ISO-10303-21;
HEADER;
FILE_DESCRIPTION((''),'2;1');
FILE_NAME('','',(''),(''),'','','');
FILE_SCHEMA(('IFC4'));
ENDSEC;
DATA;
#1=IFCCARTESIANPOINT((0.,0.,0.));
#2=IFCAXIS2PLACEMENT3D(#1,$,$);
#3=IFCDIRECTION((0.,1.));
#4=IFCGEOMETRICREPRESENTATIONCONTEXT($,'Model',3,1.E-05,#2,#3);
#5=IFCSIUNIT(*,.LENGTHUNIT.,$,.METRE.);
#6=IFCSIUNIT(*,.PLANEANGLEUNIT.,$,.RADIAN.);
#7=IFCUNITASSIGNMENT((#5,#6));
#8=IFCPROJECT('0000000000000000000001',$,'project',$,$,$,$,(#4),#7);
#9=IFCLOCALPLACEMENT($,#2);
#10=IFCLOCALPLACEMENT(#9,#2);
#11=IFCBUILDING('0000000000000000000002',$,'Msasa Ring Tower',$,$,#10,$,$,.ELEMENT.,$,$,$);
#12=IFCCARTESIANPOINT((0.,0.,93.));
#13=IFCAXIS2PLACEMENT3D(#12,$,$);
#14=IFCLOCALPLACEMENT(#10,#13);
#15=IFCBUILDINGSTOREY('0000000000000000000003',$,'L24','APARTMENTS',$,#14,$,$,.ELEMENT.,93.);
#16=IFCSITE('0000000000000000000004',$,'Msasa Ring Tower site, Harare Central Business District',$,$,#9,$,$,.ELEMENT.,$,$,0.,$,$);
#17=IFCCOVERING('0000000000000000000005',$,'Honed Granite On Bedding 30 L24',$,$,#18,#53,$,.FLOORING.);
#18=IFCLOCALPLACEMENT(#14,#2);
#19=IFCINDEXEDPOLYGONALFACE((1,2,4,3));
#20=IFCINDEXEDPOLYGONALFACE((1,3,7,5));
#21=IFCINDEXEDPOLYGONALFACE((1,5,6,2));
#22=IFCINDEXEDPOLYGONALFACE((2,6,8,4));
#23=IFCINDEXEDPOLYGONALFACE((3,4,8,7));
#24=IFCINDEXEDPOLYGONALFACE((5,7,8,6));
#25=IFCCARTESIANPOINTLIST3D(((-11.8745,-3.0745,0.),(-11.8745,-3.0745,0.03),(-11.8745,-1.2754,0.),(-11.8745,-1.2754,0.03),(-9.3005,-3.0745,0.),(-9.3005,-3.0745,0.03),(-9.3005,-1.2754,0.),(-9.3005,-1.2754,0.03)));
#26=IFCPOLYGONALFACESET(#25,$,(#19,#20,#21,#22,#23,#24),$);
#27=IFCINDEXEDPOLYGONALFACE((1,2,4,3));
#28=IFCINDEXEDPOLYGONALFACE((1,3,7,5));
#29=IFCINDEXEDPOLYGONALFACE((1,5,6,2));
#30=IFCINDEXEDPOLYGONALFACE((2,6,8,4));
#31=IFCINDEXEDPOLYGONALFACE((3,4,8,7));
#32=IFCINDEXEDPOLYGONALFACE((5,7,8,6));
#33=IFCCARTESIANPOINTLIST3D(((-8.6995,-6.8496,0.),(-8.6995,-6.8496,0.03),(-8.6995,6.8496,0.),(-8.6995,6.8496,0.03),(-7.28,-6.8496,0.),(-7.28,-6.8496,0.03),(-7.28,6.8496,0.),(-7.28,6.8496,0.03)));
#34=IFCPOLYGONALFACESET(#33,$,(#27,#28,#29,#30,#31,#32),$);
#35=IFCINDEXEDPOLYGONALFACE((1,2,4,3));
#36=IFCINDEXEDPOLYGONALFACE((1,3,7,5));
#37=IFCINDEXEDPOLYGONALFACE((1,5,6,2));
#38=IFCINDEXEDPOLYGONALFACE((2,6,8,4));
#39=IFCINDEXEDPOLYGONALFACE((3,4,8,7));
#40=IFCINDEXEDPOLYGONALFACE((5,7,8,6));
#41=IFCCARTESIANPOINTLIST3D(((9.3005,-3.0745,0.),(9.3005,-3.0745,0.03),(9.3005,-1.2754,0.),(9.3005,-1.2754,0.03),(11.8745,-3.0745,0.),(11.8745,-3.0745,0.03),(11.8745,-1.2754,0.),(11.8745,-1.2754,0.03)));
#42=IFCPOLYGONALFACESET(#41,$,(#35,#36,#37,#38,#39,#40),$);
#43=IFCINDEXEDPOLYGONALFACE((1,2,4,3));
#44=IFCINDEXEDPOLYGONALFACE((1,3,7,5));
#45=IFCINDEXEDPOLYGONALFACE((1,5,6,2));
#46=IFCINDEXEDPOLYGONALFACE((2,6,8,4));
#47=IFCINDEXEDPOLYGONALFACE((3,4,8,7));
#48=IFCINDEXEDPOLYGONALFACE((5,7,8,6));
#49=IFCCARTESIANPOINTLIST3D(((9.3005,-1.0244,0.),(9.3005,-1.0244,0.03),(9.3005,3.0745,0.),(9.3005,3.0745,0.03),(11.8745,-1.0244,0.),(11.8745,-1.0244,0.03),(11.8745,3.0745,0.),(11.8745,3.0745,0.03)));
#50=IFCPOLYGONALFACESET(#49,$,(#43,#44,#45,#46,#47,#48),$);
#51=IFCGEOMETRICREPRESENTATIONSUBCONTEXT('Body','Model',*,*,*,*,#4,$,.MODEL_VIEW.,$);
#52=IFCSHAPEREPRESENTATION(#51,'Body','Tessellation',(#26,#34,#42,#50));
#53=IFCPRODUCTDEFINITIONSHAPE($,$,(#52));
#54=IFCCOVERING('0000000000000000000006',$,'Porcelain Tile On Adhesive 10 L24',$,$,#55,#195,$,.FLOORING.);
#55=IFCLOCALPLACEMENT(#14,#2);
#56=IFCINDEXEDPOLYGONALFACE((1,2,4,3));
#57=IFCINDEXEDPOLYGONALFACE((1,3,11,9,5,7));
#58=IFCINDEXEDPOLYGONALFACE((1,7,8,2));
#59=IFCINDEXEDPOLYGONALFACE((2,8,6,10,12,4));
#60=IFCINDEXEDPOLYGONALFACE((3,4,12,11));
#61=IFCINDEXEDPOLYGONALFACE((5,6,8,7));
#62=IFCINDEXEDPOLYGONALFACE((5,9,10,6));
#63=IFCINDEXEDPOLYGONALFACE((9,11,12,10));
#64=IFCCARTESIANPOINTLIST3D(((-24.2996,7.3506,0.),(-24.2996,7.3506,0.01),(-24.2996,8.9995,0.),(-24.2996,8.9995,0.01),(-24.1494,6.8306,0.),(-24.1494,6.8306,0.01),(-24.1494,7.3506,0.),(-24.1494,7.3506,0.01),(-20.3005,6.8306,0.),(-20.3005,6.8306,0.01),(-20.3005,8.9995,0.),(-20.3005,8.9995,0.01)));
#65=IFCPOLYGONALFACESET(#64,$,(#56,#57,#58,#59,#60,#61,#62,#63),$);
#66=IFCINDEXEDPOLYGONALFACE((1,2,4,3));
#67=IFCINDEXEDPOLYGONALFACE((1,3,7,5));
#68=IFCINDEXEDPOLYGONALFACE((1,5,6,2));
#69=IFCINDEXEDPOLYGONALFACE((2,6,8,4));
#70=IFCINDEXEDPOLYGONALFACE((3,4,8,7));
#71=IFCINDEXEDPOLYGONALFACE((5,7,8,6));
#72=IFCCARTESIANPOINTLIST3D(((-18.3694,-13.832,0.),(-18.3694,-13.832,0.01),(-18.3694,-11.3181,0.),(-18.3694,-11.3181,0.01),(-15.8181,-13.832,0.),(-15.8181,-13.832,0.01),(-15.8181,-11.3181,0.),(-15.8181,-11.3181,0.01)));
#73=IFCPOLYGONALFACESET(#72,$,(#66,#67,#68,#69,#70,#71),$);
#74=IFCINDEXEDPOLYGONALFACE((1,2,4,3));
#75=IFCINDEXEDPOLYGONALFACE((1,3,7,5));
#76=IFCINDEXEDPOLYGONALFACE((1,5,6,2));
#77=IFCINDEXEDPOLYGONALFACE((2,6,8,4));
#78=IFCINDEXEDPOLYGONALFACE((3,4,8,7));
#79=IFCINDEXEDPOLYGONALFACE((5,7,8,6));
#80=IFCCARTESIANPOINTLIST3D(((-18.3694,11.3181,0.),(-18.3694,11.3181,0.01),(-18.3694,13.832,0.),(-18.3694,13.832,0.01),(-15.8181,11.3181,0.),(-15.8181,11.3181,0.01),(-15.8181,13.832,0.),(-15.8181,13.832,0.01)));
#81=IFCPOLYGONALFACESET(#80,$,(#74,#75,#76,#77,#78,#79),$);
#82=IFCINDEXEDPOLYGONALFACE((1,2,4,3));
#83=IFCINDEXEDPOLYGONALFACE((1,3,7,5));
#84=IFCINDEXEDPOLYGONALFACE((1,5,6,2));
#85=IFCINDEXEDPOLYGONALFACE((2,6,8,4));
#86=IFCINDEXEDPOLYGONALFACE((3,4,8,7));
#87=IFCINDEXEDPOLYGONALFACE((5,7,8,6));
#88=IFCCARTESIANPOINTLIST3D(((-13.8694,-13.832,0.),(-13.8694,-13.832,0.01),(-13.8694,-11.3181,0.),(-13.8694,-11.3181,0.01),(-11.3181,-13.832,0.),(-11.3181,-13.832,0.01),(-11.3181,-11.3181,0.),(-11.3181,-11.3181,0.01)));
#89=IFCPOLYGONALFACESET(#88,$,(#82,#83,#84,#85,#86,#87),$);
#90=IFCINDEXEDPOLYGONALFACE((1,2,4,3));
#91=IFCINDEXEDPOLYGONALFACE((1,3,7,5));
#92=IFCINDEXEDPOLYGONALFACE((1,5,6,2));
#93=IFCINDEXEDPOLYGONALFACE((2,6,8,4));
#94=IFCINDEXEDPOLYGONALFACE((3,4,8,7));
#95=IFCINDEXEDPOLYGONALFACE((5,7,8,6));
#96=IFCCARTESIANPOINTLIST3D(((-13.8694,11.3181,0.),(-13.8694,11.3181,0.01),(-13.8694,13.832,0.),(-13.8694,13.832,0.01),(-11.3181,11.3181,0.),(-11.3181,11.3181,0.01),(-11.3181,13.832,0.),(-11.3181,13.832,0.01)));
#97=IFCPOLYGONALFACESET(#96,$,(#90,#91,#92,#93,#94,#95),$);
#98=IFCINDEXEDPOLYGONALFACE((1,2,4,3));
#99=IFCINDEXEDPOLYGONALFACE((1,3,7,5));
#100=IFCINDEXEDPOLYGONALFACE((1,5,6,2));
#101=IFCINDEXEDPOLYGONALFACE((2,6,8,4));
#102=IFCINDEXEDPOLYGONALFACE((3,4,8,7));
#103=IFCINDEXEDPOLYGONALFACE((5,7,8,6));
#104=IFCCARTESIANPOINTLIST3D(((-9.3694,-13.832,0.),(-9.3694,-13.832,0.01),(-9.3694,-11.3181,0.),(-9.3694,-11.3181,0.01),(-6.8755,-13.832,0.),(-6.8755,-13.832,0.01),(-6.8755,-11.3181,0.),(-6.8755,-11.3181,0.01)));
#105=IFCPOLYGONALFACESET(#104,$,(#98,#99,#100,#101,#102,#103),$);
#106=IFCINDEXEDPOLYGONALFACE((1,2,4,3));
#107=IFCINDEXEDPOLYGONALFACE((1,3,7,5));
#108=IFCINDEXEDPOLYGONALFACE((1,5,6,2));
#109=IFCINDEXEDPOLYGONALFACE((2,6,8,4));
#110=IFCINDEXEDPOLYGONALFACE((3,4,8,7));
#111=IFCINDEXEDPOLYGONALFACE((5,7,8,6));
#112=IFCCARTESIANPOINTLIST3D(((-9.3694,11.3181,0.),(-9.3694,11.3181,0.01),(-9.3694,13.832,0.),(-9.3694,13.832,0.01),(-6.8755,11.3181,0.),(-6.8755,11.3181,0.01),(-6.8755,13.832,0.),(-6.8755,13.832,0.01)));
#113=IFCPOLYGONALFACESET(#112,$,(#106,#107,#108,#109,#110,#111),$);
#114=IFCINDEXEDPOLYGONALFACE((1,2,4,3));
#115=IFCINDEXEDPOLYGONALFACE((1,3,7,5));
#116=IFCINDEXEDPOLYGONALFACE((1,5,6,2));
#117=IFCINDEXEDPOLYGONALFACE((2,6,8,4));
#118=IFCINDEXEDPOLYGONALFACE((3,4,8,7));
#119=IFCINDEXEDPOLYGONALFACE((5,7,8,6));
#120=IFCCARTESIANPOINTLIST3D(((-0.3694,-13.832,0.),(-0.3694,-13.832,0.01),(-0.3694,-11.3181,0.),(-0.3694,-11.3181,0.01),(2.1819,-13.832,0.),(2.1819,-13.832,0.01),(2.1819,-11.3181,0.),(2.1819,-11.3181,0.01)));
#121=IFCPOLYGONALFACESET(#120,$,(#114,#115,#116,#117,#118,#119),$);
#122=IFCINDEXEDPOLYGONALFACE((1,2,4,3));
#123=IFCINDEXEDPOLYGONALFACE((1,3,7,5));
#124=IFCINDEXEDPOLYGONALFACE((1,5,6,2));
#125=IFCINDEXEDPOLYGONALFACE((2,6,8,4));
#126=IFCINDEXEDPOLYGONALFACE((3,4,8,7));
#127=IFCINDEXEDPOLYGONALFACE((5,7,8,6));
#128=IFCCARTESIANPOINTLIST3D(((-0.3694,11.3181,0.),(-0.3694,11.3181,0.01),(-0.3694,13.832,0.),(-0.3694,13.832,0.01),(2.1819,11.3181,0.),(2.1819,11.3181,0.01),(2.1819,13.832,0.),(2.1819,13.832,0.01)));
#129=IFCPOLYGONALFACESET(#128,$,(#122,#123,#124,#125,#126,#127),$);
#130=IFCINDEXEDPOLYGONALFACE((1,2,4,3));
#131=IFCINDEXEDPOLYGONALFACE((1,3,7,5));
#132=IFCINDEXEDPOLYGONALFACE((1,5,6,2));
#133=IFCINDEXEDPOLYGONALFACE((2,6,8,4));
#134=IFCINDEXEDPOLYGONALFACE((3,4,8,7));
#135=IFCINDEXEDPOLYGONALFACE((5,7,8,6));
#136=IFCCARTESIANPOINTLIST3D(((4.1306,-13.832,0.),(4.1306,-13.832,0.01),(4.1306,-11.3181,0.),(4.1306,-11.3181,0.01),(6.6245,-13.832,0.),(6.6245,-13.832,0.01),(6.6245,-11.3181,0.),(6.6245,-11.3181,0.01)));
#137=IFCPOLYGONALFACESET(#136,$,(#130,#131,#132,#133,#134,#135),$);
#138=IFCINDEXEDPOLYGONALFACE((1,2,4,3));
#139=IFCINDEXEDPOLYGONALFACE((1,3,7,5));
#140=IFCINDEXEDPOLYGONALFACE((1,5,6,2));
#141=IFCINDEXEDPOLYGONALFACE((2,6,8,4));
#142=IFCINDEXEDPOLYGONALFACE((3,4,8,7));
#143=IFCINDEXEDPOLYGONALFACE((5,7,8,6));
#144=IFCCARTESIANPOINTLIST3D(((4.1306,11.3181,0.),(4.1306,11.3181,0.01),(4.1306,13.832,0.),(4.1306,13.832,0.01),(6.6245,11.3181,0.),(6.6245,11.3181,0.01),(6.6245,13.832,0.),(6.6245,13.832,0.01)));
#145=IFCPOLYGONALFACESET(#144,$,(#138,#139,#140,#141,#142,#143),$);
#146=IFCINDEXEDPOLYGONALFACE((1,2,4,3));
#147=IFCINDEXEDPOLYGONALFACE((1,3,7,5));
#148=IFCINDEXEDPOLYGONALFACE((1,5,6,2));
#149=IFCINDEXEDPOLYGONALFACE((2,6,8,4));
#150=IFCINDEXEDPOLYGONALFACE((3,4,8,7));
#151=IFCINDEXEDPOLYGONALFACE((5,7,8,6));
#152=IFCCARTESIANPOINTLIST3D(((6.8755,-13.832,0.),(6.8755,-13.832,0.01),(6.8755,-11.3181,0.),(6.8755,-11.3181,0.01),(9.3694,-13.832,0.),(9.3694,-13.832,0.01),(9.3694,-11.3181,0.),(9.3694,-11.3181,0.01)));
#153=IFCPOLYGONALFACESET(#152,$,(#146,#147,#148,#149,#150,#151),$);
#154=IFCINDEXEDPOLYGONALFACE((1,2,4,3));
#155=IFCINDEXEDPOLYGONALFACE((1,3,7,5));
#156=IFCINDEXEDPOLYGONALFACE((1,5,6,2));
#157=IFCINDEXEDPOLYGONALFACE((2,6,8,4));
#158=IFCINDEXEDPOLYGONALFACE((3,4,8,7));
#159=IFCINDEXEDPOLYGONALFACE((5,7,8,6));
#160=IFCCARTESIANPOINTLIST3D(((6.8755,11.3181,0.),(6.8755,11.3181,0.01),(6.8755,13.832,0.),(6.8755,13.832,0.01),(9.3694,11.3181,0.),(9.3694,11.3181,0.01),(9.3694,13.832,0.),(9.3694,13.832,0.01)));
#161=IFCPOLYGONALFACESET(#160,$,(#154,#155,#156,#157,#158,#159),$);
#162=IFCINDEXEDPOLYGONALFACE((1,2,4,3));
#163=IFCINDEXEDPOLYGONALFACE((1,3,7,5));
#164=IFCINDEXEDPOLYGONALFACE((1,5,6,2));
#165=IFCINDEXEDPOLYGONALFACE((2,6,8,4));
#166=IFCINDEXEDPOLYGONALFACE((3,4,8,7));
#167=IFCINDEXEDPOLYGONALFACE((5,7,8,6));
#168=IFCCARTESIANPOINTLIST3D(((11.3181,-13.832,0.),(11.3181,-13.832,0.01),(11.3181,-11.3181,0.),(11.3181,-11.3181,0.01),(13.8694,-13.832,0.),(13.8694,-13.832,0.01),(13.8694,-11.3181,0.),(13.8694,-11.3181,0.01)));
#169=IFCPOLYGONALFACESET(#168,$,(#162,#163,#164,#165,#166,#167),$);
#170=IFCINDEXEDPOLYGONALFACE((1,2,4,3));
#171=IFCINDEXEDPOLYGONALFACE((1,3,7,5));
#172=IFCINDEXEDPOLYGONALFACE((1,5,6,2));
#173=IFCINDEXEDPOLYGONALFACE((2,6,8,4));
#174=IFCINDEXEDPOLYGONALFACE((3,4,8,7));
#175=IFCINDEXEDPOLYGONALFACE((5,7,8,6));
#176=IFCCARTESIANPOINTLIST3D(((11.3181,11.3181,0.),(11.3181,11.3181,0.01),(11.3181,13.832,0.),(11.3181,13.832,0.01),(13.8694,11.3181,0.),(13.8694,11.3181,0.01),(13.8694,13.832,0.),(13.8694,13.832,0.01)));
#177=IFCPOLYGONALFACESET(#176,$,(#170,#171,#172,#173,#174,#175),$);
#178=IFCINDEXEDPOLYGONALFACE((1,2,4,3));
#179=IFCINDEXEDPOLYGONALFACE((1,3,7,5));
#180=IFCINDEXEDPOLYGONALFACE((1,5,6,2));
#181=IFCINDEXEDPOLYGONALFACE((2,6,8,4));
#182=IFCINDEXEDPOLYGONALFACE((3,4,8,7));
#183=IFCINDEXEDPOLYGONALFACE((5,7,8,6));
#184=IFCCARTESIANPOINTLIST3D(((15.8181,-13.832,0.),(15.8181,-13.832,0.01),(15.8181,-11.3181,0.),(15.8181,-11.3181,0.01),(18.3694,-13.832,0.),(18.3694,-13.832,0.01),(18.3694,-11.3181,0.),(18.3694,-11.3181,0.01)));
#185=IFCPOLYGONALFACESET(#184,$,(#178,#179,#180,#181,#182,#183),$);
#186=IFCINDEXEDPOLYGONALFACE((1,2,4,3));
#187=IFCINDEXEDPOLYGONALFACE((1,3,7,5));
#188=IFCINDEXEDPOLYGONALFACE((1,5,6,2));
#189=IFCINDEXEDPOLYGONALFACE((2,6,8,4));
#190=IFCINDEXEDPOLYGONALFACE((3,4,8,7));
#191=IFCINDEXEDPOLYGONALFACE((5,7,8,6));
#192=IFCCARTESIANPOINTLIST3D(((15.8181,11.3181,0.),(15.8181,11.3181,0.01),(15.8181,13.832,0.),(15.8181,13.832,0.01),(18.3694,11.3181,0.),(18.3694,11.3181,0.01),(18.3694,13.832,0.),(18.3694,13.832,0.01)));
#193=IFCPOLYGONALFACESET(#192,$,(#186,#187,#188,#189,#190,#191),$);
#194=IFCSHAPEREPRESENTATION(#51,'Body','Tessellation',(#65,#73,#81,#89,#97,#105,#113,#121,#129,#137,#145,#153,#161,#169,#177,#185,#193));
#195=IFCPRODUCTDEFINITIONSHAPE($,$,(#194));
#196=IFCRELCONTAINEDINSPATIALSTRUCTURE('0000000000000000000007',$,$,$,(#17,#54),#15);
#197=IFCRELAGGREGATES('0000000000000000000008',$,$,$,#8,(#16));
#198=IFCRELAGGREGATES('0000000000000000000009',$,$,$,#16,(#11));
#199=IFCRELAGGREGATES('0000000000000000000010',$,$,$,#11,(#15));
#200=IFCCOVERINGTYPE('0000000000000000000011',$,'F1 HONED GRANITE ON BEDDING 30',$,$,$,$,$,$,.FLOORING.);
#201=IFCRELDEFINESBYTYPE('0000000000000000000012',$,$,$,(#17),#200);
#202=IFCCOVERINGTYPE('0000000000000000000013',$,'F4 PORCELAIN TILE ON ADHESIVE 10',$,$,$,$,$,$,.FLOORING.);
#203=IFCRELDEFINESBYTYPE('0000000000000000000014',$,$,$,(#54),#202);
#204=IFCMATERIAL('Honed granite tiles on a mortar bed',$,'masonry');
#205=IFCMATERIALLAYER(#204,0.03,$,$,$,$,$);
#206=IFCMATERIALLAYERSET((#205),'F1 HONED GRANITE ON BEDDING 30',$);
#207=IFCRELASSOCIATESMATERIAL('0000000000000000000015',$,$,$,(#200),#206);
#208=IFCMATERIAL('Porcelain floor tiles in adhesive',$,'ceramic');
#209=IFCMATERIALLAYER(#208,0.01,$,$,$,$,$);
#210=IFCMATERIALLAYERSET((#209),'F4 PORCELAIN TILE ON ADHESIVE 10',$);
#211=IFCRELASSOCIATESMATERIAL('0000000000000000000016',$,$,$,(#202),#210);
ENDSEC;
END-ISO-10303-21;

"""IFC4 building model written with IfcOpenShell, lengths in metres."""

from ifc_helpers import new_model, si_unit, direction, frame, origin, place, context, subcontext, project, spatial, line, indexed_curve, outline, extrude, material, layer, layer_set, type_object, element, save


model = new_model("IFC4")

# Units and contexts
model_context = context("Model", 3, precision=1e-05, world=origin(), true_north=direction((0.0, 1.0)))
body_context = subcontext(model_context, "Body", "Model", "MODEL_VIEW")
ifc_project = project(units=[si_unit("LENGTHUNIT", "METRE"), si_unit("PLANEANGLEUNIT", "RADIAN")], contexts=[model_context])

# Site, building, storey
site_placement = place(None, origin())
site = spatial("IfcSite", under=ifc_project, at=site_placement, Name="Msasa Ring Tower site, Harare Central Business District", CompositionType="ELEMENT", RefElevation=0.0)
building_placement = place(site_placement, origin())
building = spatial("IfcBuilding", under=site, at=building_placement, Name="Msasa Ring Tower", CompositionType="ELEMENT")
storey_placement = place(building_placement, frame((0.0, 0.0, 93.0)))
storey = spatial("IfcBuildingStorey", under=building, at=storey_placement, Name="L24", Description="APARTMENTS", CompositionType="ELEMENT", Elevation=93.0)

# Coverings
ifc_material_1 = material(Name="Honed granite tiles on a mortar bed", Category="masonry")
ifc_layer_1 = layer(ifc_material_1, 0.03)
ifc_layer_set_1 = layer_set([ifc_layer_1], Name="F1 HONED GRANITE ON BEDDING 30")
covering_type_1 = type_object("IfcCoveringType", Name="F1 HONED GRANITE ON BEDDING 30", PredefinedType="FLOORING", material=ifc_layer_set_1)
covering_1_placement = place(storey_placement, origin())
element("IfcCovering", 1, at=covering_1_placement, inside=storey, type_object=covering_type_1, Name="Honed Granite On Bedding 30 L24", PredefinedType="FLOORING", context=body_context, shape_type="SweptSolid", body=[
    extrude(outline(indexed_curve([(-11.8745, -3.0745), (-11.8745, -1.2754), (-9.3005, -1.2754), (-9.3005, -3.0745)], segments=[line(1, 2, 3, 4, 1)], self_intersect=False)), origin(), (0.0, 0.0, 1.0), 0.03),
    extrude(outline(indexed_curve([(-8.6995, -6.8496), (-8.6995, 6.8496), (-7.28, 6.8496), (-7.28, -6.8496)], segments=[line(1, 2, 3, 4, 1)], self_intersect=False)), origin(), (0.0, 0.0, 1.0), 0.03),
    extrude(outline(indexed_curve([(9.3005, -3.0745), (9.3005, -1.2754), (11.8745, -1.2754), (11.8745, -3.0745)], segments=[line(1, 2, 3, 4, 1)], self_intersect=False)), origin(), (0.0, 0.0, 1.0), 0.03),
    extrude(outline(indexed_curve([(9.3005, -1.0244), (9.3005, 3.0745), (11.8745, 3.0745), (11.8745, -1.0244)], segments=[line(1, 2, 3, 4, 1)], self_intersect=False)), origin(), (0.0, 0.0, 1.0), 0.03),
])
ifc_material_2 = material(Name="Porcelain floor tiles in adhesive", Category="ceramic")
ifc_layer_2 = layer(ifc_material_2, 0.01)
ifc_layer_set_2 = layer_set([ifc_layer_2], Name="F4 PORCELAIN TILE ON ADHESIVE 10")
covering_type_2 = type_object("IfcCoveringType", Name="F4 PORCELAIN TILE ON ADHESIVE 10", PredefinedType="FLOORING", material=ifc_layer_set_2)
covering_2_placement = place(storey_placement, origin())
element("IfcCovering", 2, at=covering_2_placement, inside=storey, type_object=covering_type_2, Name="Porcelain Tile On Adhesive 10 L24", PredefinedType="FLOORING", context=body_context, shape_type="SweptSolid", body=[
    extrude(outline(indexed_curve([(-24.1494, 6.8306), (-24.1494, 7.3506), (-24.2996, 7.3506), (-24.2996, 8.9995), (-20.3005, 8.9995), (-20.3005, 6.8306)], segments=[line(1, 2, 3, 4, 5, 6, 1)], self_intersect=False)), origin(), (0.0, 0.0, 1.0), 0.01),
    extrude(outline(indexed_curve([(-15.8181, -11.3181), (-15.8181, -13.832), (-18.3694, -13.832), (-18.3694, -11.3181)], segments=[line(1, 2, 3, 4, 1)], self_intersect=False)), origin(), (0.0, 0.0, 1.0), 0.01),
    extrude(outline(indexed_curve([(-15.8181, 13.832), (-15.8181, 11.3181), (-18.3694, 11.3181), (-18.3694, 13.832)], segments=[line(1, 2, 3, 4, 1)], self_intersect=False)), origin(), (0.0, 0.0, 1.0), 0.01),
    extrude(outline(indexed_curve([(-11.3181, -11.3181), (-11.3181, -13.832), (-13.8694, -13.832), (-13.8694, -11.3181)], segments=[line(1, 2, 3, 4, 1)], self_intersect=False)), origin(), (0.0, 0.0, 1.0), 0.01),
    extrude(outline(indexed_curve([(-11.3181, 13.832), (-11.3181, 11.3181), (-13.8694, 11.3181), (-13.8694, 13.832)], segments=[line(1, 2, 3, 4, 1)], self_intersect=False)), origin(), (0.0, 0.0, 1.0), 0.01),
    extrude(outline(indexed_curve([(-6.8755, -11.3181), (-6.8755, -13.832), (-9.3694, -13.832), (-9.3694, -11.3181)], segments=[line(1, 2, 3, 4, 1)], self_intersect=False)), origin(), (0.0, 0.0, 1.0), 0.01),
    extrude(outline(indexed_curve([(-6.8755, 13.832), (-6.8755, 11.3181), (-9.3694, 11.3181), (-9.3694, 13.832)], segments=[line(1, 2, 3, 4, 1)], self_intersect=False)), origin(), (0.0, 0.0, 1.0), 0.01),
    extrude(outline(indexed_curve([(2.1819, -11.3181), (2.1819, -13.832), (-0.3694, -13.832), (-0.3694, -11.3181)], segments=[line(1, 2, 3, 4, 1)], self_intersect=False)), origin(), (0.0, 0.0, 1.0), 0.01),
    extrude(outline(indexed_curve([(2.1819, 13.832), (2.1819, 11.3181), (-0.3694, 11.3181), (-0.3694, 13.832)], segments=[line(1, 2, 3, 4, 1)], self_intersect=False)), origin(), (0.0, 0.0, 1.0), 0.01),
    extrude(outline(indexed_curve([(6.6245, -11.3181), (6.6245, -13.832), (4.1306, -13.832), (4.1306, -11.3181)], segments=[line(1, 2, 3, 4, 1)], self_intersect=False)), origin(), (0.0, 0.0, 1.0), 0.01),
    extrude(outline(indexed_curve([(6.6245, 13.832), (6.6245, 11.3181), (4.1306, 11.3181), (4.1306, 13.832)], segments=[line(1, 2, 3, 4, 1)], self_intersect=False)), origin(), (0.0, 0.0, 1.0), 0.01),
    extrude(outline(indexed_curve([(9.3694, -11.3181), (9.3694, -13.832), (6.8755, -13.832), (6.8755, -11.3181)], segments=[line(1, 2, 3, 4, 1)], self_intersect=False)), origin(), (0.0, 0.0, 1.0), 0.01),
    extrude(outline(indexed_curve([(9.3694, 13.832), (9.3694, 11.3181), (6.8755, 11.3181), (6.8755, 13.832)], segments=[line(1, 2, 3, 4, 1)], self_intersect=False)), origin(), (0.0, 0.0, 1.0), 0.01),
    extrude(outline(indexed_curve([(13.8694, -11.3181), (13.8694, -13.832), (11.3181, -13.832), (11.3181, -11.3181)], segments=[line(1, 2, 3, 4, 1)], self_intersect=False)), origin(), (0.0, 0.0, 1.0), 0.01),
    extrude(outline(indexed_curve([(13.8694, 11.3181), (11.3181, 11.3181), (11.3181, 13.832), (13.8694, 13.832)], segments=[line(1, 2, 3, 4, 1)], self_intersect=False)), origin(), (0.0, 0.0, 1.0), 0.01),
    extrude(outline(indexed_curve([(18.3694, -11.3181), (18.3694, -13.832), (15.8181, -13.832), (15.8181, -11.3181)], segments=[line(1, 2, 3, 4, 1)], self_intersect=False)), origin(), (0.0, 0.0, 1.0), 0.01),
    extrude(outline(indexed_curve([(18.3694, 11.3181), (15.8181, 11.3181), (15.8181, 13.832), (18.3694, 13.832)], segments=[line(1, 2, 3, 4, 1)], self_intersect=False)), origin(), (0.0, 0.0, 1.0), 0.01),
])

save(model, "model.ifc")
